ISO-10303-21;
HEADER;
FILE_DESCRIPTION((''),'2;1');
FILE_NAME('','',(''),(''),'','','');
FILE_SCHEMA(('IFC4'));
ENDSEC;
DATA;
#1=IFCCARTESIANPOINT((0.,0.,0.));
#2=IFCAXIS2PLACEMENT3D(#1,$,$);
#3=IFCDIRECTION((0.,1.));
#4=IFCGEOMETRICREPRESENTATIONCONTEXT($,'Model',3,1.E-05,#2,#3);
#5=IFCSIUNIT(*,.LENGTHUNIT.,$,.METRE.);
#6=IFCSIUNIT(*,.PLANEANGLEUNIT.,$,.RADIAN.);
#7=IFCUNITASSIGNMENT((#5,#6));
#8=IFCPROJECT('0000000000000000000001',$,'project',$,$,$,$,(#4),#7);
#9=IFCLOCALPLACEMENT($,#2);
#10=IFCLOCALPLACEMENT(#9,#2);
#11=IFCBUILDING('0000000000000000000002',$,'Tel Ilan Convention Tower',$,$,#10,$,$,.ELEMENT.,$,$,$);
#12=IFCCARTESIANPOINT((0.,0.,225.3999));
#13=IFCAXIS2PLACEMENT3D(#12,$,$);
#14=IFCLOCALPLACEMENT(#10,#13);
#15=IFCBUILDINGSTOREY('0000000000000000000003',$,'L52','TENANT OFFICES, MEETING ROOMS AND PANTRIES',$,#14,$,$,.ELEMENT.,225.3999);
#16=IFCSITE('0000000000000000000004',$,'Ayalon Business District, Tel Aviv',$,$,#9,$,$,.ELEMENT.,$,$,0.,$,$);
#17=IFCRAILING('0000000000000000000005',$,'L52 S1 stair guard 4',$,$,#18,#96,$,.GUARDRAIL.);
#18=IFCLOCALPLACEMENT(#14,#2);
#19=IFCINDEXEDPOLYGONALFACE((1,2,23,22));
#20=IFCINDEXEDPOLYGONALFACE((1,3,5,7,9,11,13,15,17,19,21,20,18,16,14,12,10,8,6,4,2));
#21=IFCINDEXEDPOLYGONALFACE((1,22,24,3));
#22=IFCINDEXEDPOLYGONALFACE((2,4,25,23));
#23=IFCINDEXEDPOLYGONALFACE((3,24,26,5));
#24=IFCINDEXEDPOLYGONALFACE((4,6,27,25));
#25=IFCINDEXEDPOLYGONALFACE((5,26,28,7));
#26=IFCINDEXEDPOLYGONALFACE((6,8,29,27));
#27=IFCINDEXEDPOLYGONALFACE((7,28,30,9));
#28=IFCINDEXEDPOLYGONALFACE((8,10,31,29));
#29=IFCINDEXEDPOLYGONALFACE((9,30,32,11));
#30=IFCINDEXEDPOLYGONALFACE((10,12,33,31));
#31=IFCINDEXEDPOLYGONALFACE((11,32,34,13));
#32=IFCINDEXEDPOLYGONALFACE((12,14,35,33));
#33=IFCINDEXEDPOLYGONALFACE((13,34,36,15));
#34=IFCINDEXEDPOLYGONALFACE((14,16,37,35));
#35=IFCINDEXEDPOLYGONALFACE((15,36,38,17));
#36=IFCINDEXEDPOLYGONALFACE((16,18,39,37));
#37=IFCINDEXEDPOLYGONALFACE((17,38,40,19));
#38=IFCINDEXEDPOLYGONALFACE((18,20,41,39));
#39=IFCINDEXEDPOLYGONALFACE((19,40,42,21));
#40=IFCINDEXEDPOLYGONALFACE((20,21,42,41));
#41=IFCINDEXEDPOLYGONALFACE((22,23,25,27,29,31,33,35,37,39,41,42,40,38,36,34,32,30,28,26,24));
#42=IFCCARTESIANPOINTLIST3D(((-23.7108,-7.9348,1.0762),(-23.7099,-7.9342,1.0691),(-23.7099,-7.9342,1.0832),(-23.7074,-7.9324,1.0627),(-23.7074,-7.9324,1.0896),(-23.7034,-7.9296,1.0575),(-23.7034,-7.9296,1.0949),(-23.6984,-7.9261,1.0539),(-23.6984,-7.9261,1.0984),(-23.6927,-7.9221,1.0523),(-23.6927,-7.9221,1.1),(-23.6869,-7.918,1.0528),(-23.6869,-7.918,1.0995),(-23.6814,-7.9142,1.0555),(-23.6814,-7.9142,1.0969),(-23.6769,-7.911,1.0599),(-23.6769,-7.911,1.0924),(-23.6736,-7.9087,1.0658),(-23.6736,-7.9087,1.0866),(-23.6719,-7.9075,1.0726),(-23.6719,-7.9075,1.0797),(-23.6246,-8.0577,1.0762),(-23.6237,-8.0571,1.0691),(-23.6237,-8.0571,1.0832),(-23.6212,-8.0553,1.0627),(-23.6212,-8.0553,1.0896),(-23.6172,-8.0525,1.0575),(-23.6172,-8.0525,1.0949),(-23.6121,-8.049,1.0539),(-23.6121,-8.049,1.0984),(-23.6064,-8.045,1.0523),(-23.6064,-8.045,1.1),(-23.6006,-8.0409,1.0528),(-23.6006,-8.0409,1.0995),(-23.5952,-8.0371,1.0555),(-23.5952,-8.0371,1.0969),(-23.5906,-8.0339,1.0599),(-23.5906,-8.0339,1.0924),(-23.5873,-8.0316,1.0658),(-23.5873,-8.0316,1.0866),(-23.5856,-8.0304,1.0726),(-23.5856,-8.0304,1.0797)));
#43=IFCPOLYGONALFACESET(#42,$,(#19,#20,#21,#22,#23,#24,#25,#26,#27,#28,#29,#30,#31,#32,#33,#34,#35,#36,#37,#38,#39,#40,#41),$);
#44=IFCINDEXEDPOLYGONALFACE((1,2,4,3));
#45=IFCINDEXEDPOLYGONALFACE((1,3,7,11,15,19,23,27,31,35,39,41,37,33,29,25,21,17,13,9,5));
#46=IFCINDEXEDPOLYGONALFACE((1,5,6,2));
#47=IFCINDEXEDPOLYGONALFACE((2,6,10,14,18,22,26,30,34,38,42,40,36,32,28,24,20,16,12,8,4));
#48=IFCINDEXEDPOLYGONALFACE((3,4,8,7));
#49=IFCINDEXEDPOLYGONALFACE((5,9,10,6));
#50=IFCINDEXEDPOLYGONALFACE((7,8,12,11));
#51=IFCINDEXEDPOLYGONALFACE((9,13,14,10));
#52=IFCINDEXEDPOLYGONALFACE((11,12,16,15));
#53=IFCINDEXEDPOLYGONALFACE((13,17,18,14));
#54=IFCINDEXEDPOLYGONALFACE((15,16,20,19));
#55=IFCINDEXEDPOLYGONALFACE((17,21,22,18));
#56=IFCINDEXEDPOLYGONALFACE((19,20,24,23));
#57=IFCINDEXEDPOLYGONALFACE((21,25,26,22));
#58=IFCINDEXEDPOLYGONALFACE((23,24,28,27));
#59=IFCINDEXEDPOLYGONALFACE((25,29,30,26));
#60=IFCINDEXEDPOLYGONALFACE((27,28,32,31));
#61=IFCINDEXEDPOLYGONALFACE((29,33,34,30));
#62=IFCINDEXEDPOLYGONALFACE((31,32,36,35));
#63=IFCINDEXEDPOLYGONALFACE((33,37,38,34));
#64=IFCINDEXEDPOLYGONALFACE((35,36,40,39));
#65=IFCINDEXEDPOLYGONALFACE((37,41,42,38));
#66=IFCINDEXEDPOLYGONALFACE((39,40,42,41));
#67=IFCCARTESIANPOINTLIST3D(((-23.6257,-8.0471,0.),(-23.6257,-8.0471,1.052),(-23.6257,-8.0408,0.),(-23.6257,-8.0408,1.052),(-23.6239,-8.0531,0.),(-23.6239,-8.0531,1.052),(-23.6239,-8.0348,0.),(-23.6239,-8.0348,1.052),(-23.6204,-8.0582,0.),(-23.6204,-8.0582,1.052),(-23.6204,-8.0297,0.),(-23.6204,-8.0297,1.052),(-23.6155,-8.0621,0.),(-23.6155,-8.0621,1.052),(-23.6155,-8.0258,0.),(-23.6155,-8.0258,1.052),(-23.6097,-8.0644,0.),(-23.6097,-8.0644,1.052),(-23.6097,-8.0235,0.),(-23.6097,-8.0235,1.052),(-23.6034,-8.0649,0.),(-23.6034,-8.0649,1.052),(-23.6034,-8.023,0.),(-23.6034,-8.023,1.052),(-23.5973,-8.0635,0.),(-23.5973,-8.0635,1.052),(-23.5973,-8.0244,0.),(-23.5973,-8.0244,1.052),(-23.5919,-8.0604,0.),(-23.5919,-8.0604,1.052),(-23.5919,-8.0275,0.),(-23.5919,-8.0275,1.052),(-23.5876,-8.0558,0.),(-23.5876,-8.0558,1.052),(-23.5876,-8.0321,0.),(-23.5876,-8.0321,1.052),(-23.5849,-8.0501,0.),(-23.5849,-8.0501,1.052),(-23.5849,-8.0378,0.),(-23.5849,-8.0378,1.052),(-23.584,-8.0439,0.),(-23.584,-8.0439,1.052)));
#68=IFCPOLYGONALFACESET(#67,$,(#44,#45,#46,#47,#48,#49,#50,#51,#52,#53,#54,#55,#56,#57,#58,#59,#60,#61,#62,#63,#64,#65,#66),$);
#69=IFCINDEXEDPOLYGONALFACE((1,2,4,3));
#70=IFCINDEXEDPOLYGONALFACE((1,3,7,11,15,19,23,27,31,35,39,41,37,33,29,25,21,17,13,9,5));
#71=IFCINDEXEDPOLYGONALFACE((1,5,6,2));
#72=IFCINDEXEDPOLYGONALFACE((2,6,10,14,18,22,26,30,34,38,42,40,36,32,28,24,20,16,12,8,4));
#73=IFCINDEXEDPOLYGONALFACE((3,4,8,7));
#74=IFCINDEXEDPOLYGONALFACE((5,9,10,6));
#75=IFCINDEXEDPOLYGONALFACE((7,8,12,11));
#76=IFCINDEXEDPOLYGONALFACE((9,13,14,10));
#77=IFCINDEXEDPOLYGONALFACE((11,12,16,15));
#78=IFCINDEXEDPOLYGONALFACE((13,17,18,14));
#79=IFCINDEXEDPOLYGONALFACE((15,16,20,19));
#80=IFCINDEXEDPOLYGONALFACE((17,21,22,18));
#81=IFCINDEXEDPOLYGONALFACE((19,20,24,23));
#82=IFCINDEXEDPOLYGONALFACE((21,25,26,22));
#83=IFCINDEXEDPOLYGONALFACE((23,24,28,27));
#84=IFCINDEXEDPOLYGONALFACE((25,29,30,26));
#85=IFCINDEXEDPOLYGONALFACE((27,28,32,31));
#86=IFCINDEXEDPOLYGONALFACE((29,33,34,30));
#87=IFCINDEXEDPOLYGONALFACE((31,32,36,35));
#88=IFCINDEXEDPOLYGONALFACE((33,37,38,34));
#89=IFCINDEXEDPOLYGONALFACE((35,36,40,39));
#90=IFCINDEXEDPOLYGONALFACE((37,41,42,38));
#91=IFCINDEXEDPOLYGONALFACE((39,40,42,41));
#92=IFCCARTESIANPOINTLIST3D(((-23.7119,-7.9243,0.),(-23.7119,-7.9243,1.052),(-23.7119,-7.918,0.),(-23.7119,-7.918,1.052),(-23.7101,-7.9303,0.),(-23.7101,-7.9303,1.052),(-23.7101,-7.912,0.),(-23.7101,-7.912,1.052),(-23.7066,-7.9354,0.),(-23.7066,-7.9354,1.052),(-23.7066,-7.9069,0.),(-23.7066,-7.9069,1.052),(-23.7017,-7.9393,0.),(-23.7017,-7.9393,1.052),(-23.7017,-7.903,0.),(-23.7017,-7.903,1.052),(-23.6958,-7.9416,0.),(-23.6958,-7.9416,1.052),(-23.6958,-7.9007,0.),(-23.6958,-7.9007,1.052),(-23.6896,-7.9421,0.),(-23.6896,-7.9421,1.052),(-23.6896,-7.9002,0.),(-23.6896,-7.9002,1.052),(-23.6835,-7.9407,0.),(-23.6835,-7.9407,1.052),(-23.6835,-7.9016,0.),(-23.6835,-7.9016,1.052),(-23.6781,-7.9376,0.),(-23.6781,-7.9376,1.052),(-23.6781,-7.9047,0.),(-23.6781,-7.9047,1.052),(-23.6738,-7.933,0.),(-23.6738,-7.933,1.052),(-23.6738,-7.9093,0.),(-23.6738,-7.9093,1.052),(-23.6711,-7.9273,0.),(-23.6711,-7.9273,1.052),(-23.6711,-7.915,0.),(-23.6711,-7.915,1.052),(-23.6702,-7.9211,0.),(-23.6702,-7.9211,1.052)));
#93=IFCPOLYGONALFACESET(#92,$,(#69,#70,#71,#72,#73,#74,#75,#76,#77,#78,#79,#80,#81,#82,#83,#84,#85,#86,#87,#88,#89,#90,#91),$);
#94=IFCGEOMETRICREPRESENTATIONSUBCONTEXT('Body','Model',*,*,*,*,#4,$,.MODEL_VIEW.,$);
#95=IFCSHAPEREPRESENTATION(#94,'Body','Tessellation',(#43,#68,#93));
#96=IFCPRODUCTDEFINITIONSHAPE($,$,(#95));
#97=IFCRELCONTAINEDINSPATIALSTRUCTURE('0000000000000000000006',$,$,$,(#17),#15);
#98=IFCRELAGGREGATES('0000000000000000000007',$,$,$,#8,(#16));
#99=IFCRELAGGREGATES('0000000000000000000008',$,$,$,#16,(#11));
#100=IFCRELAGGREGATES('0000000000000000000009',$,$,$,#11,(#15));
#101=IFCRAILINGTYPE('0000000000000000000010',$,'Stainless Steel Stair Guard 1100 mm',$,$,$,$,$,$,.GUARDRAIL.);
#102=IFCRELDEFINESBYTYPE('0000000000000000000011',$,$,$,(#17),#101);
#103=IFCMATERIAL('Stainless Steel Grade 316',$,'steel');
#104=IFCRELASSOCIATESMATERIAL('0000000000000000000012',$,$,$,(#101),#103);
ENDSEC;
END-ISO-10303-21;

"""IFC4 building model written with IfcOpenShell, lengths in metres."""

from ifc_helpers import new_model, si_unit, direction, frame, origin, origin_2d, place, context, subcontext, project, spatial, circle, extrude, material, type_object, element, save


model = new_model("IFC4")

# Units and contexts
model_context = context("Model", 3, precision=1e-05, world=origin(), true_north=direction((0.0, 1.0)))
body_context = subcontext(model_context, "Body", "Model", "MODEL_VIEW")
ifc_project = project(units=[si_unit("LENGTHUNIT", "METRE"), si_unit("PLANEANGLEUNIT", "RADIAN")], contexts=[model_context])

# Site, building, storey
site_placement = place(None, origin())
site = spatial("IfcSite", under=ifc_project, at=site_placement, Name="Ayalon Business District, Tel Aviv", CompositionType="ELEMENT", RefElevation=0.0)
building_placement = place(site_placement, origin())
building = spatial("IfcBuilding", under=site, at=building_placement, Name="Tel Ilan Convention Tower", CompositionType="ELEMENT")
storey_placement = place(building_placement, frame((0.0, 0.0, 225.3999)))
storey = spatial("IfcBuildingStorey", under=building, at=storey_placement, Name="L52", Description="TENANT OFFICES, MEETING ROOMS AND PANTRIES", CompositionType="ELEMENT", Elevation=225.3999)

# Railing
ifc_material_1 = material(Name="Stainless Steel Grade 316", Category="steel")
railing_type_1 = type_object("IfcRailingType", Name="Stainless Steel Stair Guard 1100 mm", PredefinedType="GUARDRAIL", material=ifc_material_1)
railing_1_placement = place(storey_placement, frame((-23.605, -8.0439, 0.0)))
element("IfcRailing", 1, at=railing_1_placement, inside=storey, type_object=railing_type_1, Name="L52 S1 stair guard 4", PredefinedType="GUARDRAIL", context=body_context, shape_type="SweptSolid", body=[
    extrude(circle(Radius=0.0239, at=origin_2d()), frame((0.0, 0.0, 1.0762), z_axis=(-0.574445, 0.818543, 0.0), x_axis=(-0.818543, -0.574445, 0.0)), (0.0, 0.0, 1.0), 0.1501),
    extrude(circle(Radius=0.021, at=origin_2d()), origin(), (0.0, 0.0, 1.0), 1.052),
    extrude(circle(Radius=0.021, at=origin_2d()), frame((-0.0862, 0.1228, 0.0)), (0.0, 0.0, 1.0), 1.052),
])

save(model, "model.ifc")
